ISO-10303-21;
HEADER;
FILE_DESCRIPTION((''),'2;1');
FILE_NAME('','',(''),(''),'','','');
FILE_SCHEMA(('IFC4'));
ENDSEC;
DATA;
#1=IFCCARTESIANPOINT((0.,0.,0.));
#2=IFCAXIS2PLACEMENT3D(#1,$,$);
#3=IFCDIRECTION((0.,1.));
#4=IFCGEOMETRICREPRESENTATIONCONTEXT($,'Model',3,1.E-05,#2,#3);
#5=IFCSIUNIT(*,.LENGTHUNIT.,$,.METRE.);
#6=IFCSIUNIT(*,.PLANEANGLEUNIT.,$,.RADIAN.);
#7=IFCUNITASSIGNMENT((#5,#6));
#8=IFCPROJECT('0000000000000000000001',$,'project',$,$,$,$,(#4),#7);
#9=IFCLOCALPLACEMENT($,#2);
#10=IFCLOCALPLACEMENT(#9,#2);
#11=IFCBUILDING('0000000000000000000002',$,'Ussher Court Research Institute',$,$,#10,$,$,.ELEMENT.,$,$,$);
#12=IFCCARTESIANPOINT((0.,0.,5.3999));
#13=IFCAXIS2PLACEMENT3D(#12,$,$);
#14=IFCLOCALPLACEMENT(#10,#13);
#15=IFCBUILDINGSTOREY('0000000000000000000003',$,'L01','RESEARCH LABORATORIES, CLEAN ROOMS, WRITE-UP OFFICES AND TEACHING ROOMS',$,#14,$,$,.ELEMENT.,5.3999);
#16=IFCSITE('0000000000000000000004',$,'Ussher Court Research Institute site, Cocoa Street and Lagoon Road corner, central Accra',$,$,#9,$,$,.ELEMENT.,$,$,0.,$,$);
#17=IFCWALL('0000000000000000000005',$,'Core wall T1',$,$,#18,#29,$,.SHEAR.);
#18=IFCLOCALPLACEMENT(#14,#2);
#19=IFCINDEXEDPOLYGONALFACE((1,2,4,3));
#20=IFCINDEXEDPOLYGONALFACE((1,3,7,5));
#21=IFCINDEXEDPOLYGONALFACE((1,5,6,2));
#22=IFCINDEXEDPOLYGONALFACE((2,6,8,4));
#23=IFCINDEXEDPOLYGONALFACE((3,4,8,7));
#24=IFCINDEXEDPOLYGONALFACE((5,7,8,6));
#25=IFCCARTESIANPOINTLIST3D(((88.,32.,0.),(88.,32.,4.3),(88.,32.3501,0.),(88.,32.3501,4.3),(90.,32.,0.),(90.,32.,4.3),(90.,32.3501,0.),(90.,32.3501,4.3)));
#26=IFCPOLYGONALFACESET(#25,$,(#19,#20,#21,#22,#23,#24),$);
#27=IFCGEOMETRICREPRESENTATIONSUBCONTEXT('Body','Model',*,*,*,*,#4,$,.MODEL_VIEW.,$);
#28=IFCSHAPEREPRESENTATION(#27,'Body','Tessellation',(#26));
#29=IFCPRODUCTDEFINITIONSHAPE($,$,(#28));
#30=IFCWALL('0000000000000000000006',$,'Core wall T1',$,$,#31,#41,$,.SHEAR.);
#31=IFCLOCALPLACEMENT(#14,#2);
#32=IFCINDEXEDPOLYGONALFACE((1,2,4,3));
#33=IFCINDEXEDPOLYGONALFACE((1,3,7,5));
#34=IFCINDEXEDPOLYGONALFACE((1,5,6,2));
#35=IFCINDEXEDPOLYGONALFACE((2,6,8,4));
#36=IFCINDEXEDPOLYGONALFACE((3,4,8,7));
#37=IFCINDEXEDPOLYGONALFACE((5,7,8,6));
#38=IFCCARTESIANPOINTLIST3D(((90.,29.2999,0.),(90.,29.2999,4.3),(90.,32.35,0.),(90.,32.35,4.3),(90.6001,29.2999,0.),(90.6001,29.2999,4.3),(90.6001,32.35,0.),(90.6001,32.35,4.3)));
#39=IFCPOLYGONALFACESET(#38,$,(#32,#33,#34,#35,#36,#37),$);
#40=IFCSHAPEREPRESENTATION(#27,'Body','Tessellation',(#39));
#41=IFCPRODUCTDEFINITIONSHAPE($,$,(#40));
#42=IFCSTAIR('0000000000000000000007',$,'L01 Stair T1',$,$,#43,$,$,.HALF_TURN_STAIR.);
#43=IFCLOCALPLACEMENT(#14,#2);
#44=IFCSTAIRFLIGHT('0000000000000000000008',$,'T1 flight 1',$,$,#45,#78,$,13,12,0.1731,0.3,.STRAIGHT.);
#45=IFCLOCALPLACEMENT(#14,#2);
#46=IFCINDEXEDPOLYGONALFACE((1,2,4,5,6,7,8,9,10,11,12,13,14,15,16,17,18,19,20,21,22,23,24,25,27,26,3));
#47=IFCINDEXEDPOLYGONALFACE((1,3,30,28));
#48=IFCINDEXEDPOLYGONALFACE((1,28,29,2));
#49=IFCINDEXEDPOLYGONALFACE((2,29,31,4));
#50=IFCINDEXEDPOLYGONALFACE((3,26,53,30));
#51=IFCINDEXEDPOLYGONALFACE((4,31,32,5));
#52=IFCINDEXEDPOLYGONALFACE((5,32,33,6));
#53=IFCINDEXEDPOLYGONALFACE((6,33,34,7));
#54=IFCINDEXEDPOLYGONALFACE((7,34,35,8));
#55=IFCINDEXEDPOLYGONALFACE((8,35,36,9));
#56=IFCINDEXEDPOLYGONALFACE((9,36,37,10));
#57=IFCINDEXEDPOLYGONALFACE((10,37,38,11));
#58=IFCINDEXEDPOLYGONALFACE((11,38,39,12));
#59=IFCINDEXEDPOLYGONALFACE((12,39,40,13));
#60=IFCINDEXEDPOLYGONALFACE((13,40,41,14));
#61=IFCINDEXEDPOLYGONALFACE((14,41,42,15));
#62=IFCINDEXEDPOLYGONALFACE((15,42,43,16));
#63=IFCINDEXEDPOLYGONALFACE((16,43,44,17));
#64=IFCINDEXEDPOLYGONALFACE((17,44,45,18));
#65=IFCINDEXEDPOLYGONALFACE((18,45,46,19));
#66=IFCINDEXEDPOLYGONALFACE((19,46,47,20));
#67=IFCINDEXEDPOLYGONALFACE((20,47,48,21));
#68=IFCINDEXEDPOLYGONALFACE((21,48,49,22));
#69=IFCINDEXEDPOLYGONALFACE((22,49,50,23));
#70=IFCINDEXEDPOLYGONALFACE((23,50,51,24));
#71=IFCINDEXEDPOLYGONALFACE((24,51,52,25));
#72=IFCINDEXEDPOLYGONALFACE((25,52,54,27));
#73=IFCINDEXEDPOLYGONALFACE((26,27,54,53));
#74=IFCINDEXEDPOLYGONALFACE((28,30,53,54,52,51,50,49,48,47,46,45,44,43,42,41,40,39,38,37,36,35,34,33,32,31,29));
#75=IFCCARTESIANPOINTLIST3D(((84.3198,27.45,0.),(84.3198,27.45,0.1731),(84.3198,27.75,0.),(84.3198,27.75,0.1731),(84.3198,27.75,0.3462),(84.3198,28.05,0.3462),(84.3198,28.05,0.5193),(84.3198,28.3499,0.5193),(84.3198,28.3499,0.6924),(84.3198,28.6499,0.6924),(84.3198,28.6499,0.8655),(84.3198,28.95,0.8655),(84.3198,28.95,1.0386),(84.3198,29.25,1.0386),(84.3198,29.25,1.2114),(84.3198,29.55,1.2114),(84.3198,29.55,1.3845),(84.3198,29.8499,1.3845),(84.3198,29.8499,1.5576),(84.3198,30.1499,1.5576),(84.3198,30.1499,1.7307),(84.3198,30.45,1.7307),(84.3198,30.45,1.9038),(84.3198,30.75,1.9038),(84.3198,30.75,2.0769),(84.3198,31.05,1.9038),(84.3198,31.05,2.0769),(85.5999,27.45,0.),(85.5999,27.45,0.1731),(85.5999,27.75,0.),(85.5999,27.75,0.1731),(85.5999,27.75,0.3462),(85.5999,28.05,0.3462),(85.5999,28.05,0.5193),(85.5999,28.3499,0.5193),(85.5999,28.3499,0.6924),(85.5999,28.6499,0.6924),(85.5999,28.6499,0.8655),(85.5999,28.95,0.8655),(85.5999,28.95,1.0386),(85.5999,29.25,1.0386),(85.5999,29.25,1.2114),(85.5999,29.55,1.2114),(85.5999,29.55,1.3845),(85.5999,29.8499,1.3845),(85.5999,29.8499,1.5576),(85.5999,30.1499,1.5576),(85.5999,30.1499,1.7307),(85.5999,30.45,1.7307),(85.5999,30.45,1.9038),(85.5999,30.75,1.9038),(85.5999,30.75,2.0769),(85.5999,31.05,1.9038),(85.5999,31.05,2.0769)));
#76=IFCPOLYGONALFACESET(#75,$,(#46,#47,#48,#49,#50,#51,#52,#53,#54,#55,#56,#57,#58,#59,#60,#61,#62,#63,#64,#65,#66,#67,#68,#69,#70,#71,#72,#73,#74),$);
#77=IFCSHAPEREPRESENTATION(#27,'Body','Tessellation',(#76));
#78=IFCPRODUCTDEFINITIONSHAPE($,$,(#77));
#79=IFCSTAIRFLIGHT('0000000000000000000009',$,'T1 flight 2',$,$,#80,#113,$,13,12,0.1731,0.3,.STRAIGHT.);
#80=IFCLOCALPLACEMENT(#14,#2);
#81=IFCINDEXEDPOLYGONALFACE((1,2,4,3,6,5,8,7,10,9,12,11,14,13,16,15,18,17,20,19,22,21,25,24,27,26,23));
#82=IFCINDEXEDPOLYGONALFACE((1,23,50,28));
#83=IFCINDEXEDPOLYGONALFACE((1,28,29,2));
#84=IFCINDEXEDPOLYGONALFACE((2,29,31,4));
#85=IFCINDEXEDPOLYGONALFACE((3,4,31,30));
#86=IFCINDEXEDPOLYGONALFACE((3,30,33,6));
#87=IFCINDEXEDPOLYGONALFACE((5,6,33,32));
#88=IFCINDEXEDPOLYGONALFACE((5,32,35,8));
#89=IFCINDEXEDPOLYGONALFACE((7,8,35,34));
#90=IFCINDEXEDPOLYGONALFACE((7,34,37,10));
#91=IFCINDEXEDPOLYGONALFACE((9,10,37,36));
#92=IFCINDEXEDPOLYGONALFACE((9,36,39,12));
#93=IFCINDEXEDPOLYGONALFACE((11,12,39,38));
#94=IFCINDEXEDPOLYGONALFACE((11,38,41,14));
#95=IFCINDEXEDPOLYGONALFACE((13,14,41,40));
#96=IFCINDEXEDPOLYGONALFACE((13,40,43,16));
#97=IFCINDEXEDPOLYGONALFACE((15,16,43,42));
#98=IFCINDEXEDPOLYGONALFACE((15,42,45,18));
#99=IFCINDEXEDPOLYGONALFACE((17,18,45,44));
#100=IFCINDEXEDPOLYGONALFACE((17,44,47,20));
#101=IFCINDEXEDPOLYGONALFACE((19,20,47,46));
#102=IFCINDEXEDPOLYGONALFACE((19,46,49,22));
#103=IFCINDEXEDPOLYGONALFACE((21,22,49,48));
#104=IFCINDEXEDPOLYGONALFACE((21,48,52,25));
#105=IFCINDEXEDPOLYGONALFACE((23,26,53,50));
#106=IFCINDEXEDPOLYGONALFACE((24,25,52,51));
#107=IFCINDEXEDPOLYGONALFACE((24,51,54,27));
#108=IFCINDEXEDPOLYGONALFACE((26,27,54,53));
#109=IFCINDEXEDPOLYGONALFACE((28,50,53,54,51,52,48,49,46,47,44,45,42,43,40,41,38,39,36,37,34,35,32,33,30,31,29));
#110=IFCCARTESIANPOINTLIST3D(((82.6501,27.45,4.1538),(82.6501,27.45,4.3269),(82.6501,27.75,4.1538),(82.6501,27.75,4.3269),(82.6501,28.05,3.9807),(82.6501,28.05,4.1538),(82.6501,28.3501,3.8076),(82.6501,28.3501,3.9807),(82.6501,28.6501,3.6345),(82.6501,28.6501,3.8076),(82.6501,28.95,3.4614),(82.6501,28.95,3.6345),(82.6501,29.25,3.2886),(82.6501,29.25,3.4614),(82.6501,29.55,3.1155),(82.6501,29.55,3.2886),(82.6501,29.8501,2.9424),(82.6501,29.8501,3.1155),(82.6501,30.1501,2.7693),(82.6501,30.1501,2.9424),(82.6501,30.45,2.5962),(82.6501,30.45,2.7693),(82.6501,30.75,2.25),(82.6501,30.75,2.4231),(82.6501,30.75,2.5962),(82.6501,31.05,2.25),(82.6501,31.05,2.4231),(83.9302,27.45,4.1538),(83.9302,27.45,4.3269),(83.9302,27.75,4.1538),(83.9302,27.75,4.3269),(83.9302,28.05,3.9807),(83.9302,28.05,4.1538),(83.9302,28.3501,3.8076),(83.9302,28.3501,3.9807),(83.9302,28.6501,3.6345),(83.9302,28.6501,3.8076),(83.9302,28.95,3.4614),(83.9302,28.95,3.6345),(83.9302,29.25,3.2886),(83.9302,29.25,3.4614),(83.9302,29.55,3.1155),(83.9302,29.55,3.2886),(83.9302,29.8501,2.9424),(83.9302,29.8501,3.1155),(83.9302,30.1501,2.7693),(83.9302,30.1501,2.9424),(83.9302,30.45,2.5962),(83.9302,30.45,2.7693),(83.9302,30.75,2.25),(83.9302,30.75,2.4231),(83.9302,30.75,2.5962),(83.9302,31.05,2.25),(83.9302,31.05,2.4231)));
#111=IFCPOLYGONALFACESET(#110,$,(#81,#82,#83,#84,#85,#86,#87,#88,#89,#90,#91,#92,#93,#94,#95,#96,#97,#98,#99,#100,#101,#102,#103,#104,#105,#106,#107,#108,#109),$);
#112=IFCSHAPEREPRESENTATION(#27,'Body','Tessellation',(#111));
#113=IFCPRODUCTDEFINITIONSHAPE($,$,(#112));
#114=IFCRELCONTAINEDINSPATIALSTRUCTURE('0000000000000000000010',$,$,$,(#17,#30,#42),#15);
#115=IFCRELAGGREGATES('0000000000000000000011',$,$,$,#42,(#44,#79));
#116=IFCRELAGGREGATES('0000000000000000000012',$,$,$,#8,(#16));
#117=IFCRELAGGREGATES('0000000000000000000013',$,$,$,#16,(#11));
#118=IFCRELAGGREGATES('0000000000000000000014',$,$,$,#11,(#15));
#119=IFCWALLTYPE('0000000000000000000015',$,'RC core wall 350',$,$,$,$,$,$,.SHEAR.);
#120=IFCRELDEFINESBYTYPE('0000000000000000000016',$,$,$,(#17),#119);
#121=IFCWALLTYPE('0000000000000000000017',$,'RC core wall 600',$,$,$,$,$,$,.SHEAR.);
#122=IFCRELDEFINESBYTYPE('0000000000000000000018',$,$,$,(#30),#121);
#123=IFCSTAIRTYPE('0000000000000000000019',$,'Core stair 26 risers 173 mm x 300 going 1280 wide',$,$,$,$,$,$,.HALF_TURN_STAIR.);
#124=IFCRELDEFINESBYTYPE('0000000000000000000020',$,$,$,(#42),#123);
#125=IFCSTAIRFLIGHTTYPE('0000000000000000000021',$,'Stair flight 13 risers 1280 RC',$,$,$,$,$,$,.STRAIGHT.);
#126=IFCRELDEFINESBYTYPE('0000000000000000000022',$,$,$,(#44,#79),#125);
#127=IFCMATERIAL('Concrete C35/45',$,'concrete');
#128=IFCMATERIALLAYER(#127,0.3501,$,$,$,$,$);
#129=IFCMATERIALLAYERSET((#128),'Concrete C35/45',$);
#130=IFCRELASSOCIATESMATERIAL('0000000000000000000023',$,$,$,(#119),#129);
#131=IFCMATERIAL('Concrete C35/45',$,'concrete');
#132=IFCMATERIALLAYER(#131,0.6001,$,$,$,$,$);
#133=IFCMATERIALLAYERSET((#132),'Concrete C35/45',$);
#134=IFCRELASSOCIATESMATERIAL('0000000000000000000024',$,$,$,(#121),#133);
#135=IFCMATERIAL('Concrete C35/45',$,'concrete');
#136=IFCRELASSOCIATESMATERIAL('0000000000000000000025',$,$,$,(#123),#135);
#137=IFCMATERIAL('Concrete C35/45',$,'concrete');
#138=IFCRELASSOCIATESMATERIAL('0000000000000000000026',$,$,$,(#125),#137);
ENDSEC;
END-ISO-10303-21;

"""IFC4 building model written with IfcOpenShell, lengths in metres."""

from ifc_helpers import new_model, si_unit, direction, frame, frame_2d, origin, place, context, subcontext, project, spatial, polyline, rectangle, outline, extrude, material, layer, layer_set, type_object, element, aggregate, save


model = new_model("IFC4")

# Units and contexts
model_context = context("Model", 3, precision=1e-05, world=origin(), true_north=direction((0.0, 1.0)))
body_context = subcontext(model_context, "Body", "Model", "MODEL_VIEW")
ifc_project = project(units=[si_unit("LENGTHUNIT", "METRE"), si_unit("PLANEANGLEUNIT", "RADIAN")], contexts=[model_context])

# Site, building, storey
site_placement = place(None, origin())
site = spatial("IfcSite", under=ifc_project, at=site_placement, Name="Ussher Court Research Institute site, Cocoa Street and Lagoon Road corner, central Accra", CompositionType="ELEMENT", RefElevation=0.0)
building_placement = place(site_placement, origin())
building = spatial("IfcBuilding", under=site, at=building_placement, Name="Ussher Court Research Institute", CompositionType="ELEMENT")
storey_placement = place(building_placement, frame((0.0, 0.0, 5.3999)))
storey = spatial("IfcBuildingStorey", under=building, at=storey_placement, Name="L01", Description="RESEARCH LABORATORIES, CLEAN ROOMS, WRITE-UP OFFICES AND TEACHING ROOMS", CompositionType="ELEMENT", Elevation=5.3999)

# Walls
ifc_material_1 = material(Name="Concrete C35/45", Category="concrete")
ifc_layer_1 = layer(ifc_material_1, 0.3501)
ifc_layer_set_1 = layer_set([ifc_layer_1], Name="Concrete C35/45")
wall_type_1 = type_object("IfcWallType", Name="RC core wall 350", PredefinedType="SHEAR", material=ifc_layer_set_1)
for number, where, z_axis, x_axis, name in (
    (1, (88.0, 32.175, 0.0), (0.0, 0.0, 1.0), (1.0, 0.0, 0.0), "Core wall T1"),
):
    element("IfcWall", number, at=place(storey_placement, frame(where, z_axis=z_axis, x_axis=x_axis)), inside=storey, type_object=wall_type_1, Name=name, PredefinedType="SHEAR", context=body_context, shape_type="SweptSolid", body=[
        extrude(rectangle(XDim=2.0, YDim=0.3501, at=frame_2d((1.0, 0.0))), origin(), (0.0, 0.0, 1.0), 4.3),
    ])
ifc_material_2 = material(Name="Concrete C35/45", Category="concrete")
ifc_layer_2 = layer(ifc_material_2, 0.6001)
ifc_layer_set_2 = layer_set([ifc_layer_2], Name="Concrete C35/45")
wall_type_2 = type_object("IfcWallType", Name="RC core wall 600", PredefinedType="SHEAR", material=ifc_layer_set_2)
wall_1_placement = place(storey_placement, frame((90.3, 29.3, 0.0), z_axis=(0.0, 0.0, 1.0), x_axis=(0.0, 1.0, 0.0)))
element("IfcWall", 2, at=wall_1_placement, inside=storey, type_object=wall_type_2, Name="Core wall T1", PredefinedType="SHEAR", context=body_context, shape_type="SweptSolid", body=[
    extrude(rectangle(XDim=3.05, YDim=0.6001, at=frame_2d((1.5249, 0.0))), origin(), (0.0, 0.0, 1.0), 4.3),
])

# Stair, stair flights
ifc_material_3 = material(Name="Concrete C35/45", Category="concrete")
stair_type = type_object("IfcStairType", Name="Core stair 26 risers 173 mm x 300 going 1280 wide", PredefinedType="HALF_TURN_STAIR", material=ifc_material_3)
stair_placement = place(storey_placement, origin())
stair = element("IfcStair", 3, at=stair_placement, inside=storey, type_object=stair_type, Name="L01 Stair T1", PredefinedType="HALF_TURN_STAIR")
ifc_material_4 = material(Name="Concrete C35/45", Category="concrete")
stair_flight_type = type_object("IfcStairFlightType", Name="Stair flight 13 risers 1280 RC", PredefinedType="STRAIGHT", material=ifc_material_4)
stair_flight_1_placement = place(storey_placement, frame((84.96, 27.45, 0.0), z_axis=(0.0, 0.0, 1.0), x_axis=(0.0, 1.0, 0.0)))
stair_flight_1 = element("IfcStairFlight", 4, at=stair_flight_1_placement, type_object=stair_flight_type, Name="T1 flight 1", NumberOfRisers=13, NumberOfTreads=12, PredefinedType="STRAIGHT", RiserHeight=0.1731, TreadLength=0.3, context=body_context, shape_type="SweptSolid", body=[
    extrude(outline(polyline([(0.0, 0.0), (0.0, 0.1731), (0.3, 0.1731), (0.3, 0.3462), (0.6001, 0.3462), (0.6001, 0.5193), (0.8999, 0.5193), (0.8999, 0.6924), (1.2, 0.6924), (1.2, 0.8655), (1.5, 0.8655), (1.5, 1.0386), (1.8, 1.0386), (1.8, 1.2114), (2.1001, 1.2114), (2.1001, 1.3845), (2.3999, 1.3845), (2.3999, 1.5576), (2.7, 1.5576), (2.7, 1.7307), (3.0, 1.7307), (3.0, 1.9038), (3.3, 1.9038), (3.3, 2.0769), (3.6001, 2.0769), (3.6001, 2.25), (3.6001, 1.9038), (0.3, 0.0), (0.0, 0.0)])), frame((0.0, 0.6401, 0.0), z_axis=(0.0, -1.0, 0.0), x_axis=(1.0, 0.0, 0.0)), (0.0, 0.0, 1.0), 1.28),
])
stair_flight_2_placement = place(storey_placement, frame((83.29, 31.05, 2.25), z_axis=(0.0, 0.0, 1.0), x_axis=(0.0, -1.0, 0.0)))
stair_flight_2 = element("IfcStairFlight", 5, at=stair_flight_2_placement, type_object=stair_flight_type, Name="T1 flight 2", NumberOfRisers=13, NumberOfTreads=12, PredefinedType="STRAIGHT", RiserHeight=0.1731, TreadLength=0.3, context=body_context, shape_type="SweptSolid", body=[
    extrude(outline(polyline([(0.0, 0.0), (0.0, 0.1731), (0.3, 0.1731), (0.3, 0.3462), (0.6001, 0.3462), (0.6001, 0.5193), (0.8999, 0.5193), (0.8999, 0.6924), (1.2, 0.6924), (1.2, 0.8655), (1.5, 0.8655), (1.5, 1.0386), (1.8, 1.0386), (1.8, 1.2114), (2.1001, 1.2114), (2.1001, 1.3845), (2.3999, 1.3845), (2.3999, 1.5576), (2.7, 1.5576), (2.7, 1.7307), (3.0, 1.7307), (3.0, 1.9038), (3.3, 1.9038), (3.3, 2.0769), (3.6001, 2.0769), (3.6001, 2.25), (3.6001, 1.9038), (0.3, 0.0), (0.0, 0.0)])), frame((0.0, 0.6401, 0.0), z_axis=(0.0, -1.0, 0.0), x_axis=(1.0, 0.0, 0.0)), (0.0, 0.0, 1.0), 1.28),
])
aggregate(stair, [stair_flight_1, stair_flight_2])

save(model, "model.ifc")
